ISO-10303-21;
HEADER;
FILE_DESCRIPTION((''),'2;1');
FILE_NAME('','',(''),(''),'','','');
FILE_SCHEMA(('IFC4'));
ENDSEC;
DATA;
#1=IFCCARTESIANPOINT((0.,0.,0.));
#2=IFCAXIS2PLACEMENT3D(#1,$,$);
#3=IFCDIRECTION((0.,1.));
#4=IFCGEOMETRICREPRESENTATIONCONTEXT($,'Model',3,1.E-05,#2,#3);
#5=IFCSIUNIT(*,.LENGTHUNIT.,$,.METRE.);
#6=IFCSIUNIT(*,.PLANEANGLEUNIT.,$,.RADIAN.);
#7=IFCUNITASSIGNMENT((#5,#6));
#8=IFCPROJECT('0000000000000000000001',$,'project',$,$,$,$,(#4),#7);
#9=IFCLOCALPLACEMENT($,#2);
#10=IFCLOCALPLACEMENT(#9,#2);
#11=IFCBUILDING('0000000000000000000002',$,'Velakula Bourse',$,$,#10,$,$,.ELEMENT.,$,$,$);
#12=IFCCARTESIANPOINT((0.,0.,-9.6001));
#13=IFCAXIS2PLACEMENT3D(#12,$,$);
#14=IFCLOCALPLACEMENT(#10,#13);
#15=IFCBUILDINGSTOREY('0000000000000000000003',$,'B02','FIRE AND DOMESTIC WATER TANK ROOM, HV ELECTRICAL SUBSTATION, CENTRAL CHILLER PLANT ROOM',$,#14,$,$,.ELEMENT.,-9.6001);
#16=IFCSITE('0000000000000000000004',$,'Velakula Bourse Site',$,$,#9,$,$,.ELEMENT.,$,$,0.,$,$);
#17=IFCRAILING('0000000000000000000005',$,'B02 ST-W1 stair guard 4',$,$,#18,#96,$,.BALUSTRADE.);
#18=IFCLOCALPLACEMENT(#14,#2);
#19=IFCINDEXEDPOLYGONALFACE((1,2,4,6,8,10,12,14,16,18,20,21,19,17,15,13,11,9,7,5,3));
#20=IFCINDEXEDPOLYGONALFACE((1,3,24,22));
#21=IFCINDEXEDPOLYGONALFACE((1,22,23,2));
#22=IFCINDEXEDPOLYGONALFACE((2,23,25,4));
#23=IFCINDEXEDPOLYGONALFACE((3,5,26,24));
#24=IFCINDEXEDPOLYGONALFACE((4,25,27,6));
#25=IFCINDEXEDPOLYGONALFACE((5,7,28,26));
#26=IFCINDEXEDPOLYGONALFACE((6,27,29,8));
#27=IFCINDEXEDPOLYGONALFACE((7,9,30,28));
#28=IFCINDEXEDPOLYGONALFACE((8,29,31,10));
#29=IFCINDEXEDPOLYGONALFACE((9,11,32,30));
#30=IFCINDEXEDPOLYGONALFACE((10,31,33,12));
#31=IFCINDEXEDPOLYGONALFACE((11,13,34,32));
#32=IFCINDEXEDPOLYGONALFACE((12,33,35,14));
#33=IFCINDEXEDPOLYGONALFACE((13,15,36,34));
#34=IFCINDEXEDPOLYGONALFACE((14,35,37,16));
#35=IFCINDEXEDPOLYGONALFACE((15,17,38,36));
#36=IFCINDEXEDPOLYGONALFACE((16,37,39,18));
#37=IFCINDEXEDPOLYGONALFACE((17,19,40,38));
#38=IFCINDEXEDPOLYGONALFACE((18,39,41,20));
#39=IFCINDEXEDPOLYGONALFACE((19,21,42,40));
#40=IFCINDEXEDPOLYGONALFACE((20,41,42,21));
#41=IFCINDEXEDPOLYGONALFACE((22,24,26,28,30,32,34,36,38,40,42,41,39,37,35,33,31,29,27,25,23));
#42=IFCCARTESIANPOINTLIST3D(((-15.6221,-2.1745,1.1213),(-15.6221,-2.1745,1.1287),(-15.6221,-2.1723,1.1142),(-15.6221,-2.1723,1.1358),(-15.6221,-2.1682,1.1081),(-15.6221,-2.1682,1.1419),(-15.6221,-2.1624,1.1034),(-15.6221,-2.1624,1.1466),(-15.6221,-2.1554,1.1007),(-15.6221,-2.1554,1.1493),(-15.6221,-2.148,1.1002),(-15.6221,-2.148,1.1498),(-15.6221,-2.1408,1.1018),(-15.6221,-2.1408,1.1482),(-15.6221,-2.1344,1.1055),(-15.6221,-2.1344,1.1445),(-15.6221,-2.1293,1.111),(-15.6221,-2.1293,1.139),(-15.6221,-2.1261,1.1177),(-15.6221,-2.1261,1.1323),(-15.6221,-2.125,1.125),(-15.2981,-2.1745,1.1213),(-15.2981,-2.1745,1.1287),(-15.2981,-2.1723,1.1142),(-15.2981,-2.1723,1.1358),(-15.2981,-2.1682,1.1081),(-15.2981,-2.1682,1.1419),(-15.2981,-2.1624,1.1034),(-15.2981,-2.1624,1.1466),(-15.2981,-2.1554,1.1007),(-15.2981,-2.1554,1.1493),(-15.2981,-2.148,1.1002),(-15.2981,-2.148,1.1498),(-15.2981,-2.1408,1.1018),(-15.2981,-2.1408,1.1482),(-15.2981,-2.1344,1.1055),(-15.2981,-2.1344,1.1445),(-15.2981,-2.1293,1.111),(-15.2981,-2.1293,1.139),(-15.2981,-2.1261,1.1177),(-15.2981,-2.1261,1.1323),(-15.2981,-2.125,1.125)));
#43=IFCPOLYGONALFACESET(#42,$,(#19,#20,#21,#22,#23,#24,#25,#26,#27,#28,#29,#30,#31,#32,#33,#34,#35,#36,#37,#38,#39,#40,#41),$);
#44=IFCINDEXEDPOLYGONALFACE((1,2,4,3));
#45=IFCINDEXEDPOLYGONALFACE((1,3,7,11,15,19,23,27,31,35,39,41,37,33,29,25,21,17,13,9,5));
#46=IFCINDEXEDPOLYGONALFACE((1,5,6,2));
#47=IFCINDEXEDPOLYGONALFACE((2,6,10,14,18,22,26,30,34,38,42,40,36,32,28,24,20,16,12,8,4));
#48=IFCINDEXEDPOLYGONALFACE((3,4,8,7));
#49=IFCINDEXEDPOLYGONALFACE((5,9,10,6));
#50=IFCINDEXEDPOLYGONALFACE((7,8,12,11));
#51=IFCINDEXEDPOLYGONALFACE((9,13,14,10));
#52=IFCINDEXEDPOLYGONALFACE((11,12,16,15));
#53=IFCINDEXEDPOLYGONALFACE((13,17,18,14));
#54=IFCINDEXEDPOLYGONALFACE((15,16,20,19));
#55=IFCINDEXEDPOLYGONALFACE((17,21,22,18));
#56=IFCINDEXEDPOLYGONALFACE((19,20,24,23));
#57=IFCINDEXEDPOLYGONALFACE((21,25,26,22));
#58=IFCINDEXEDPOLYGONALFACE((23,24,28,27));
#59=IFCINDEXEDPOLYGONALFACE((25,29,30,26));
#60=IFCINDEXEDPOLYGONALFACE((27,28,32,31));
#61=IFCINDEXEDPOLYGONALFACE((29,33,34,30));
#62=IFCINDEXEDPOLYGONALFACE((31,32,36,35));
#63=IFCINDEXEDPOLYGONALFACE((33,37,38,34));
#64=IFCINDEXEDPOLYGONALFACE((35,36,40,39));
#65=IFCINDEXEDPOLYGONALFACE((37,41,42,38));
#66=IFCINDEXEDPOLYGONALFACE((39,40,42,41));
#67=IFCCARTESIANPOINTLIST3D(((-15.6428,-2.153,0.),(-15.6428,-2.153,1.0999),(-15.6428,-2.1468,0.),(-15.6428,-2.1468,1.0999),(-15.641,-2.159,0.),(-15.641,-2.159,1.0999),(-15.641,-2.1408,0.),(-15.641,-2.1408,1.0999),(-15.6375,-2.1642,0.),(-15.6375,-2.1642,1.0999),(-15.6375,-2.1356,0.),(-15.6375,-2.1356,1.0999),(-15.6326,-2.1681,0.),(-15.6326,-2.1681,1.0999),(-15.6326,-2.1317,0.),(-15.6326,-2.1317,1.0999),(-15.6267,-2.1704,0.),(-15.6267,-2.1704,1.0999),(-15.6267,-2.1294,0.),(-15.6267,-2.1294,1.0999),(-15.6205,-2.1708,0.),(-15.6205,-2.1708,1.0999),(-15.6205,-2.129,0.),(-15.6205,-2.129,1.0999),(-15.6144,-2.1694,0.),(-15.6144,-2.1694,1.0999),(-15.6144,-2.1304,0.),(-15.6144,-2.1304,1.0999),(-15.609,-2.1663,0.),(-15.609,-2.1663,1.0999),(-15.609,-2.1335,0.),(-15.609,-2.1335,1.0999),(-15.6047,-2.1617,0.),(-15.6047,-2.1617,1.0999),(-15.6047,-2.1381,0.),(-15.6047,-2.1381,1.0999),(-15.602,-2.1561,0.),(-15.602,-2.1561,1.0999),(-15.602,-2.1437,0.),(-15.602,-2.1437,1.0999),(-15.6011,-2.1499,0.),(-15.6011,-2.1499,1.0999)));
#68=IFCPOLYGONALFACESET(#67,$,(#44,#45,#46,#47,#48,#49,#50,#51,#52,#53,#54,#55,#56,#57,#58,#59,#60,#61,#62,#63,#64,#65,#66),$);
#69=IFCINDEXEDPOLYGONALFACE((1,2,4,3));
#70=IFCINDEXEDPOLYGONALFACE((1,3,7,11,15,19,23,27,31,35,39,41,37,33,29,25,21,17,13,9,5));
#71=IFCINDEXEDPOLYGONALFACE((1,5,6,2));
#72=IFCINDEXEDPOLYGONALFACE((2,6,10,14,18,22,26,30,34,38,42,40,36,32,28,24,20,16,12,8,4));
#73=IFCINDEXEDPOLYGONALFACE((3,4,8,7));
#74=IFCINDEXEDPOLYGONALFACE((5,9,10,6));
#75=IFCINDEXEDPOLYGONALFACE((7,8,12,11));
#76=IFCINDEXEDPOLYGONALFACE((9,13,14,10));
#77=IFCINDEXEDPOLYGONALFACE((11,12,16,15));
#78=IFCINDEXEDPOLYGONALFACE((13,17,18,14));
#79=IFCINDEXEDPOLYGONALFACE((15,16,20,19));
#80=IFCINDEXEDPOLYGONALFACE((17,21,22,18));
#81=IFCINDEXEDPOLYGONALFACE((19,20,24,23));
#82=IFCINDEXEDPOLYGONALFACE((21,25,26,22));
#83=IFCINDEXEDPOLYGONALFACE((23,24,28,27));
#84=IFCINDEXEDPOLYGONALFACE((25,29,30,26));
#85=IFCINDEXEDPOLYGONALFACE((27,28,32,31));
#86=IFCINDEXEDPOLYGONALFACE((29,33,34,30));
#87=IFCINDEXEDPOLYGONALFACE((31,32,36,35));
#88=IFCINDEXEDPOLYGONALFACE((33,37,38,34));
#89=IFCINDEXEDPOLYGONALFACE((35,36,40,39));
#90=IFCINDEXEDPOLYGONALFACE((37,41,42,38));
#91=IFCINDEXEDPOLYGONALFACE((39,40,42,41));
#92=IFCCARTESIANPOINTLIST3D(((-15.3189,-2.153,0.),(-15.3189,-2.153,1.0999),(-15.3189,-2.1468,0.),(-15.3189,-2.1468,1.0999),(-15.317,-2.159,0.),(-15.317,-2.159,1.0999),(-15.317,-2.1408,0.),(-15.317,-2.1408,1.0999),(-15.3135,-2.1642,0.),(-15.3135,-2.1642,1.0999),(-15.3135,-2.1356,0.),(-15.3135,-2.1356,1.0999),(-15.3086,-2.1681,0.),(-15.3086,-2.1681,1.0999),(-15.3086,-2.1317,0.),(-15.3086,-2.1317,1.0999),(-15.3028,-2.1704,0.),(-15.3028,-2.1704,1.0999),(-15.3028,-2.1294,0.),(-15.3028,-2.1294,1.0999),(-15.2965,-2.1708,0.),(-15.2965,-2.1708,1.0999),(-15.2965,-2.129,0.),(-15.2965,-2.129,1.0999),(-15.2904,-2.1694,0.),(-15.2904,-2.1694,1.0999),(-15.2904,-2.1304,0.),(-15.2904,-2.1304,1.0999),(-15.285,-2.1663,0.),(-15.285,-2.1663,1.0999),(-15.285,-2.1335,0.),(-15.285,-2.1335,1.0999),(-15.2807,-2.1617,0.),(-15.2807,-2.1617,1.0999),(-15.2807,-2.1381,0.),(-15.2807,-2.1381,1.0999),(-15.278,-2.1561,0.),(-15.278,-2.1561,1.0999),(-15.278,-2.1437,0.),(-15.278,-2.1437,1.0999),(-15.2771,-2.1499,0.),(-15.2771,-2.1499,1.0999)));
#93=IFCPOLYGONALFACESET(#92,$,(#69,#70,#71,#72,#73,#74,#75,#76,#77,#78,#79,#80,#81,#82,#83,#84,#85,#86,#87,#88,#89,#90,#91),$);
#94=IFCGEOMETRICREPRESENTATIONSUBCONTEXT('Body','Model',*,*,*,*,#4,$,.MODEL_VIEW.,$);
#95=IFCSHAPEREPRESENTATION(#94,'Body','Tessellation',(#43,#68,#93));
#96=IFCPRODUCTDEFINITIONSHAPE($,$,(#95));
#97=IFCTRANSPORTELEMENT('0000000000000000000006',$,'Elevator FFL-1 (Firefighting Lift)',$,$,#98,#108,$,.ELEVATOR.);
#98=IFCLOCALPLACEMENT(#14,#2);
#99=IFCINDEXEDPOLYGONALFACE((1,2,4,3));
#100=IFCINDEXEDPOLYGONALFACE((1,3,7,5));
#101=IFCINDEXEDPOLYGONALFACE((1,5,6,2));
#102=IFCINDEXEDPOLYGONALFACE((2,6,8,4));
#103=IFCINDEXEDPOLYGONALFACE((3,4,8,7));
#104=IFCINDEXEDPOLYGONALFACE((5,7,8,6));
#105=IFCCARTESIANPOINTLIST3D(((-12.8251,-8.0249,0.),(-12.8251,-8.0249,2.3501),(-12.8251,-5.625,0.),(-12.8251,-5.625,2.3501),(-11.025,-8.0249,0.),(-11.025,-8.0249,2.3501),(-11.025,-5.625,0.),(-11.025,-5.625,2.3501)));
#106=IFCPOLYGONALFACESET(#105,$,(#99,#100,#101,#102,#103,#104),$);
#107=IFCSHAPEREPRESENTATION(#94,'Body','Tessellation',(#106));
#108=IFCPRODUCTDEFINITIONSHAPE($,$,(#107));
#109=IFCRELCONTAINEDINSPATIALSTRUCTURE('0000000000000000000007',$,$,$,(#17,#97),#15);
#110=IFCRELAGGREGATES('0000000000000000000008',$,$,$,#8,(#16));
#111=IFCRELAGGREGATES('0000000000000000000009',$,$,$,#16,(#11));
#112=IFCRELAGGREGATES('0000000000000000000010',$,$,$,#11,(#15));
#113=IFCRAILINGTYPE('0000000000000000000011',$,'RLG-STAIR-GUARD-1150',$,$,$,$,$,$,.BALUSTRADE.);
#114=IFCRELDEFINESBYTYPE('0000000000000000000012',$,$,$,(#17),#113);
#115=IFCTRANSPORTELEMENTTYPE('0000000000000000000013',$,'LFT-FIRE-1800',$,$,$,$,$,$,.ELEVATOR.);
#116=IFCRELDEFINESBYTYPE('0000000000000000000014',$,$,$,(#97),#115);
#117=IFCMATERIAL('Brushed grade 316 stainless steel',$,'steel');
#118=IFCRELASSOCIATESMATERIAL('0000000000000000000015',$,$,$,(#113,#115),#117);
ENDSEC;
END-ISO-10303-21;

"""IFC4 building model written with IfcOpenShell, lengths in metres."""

from ifc_helpers import new_model, si_unit, direction, frame, origin, origin_2d, place, context, subcontext, project, spatial, rectangle, circle, extrude, material, type_object, element, save


model = new_model("IFC4")

# Units and contexts
model_context = context("Model", 3, precision=1e-05, world=origin(), true_north=direction((0.0, 1.0)))
body_context = subcontext(model_context, "Body", "Model", "MODEL_VIEW")
ifc_project = project(units=[si_unit("LENGTHUNIT", "METRE"), si_unit("PLANEANGLEUNIT", "RADIAN")], contexts=[model_context])

# Site, building, storey
site_placement = place(None, origin())
site = spatial("IfcSite", under=ifc_project, at=site_placement, Name="Velakula Bourse Site", CompositionType="ELEMENT", RefElevation=0.0)
building_placement = place(site_placement, origin())
building = spatial("IfcBuilding", under=site, at=building_placement, Name="Velakula Bourse", CompositionType="ELEMENT")
storey_placement = place(building_placement, frame((0.0, 0.0, -9.6001)))
storey = spatial("IfcBuildingStorey", under=building, at=storey_placement, Name="B02", Description="FIRE AND DOMESTIC WATER TANK ROOM, HV ELECTRICAL SUBSTATION, CENTRAL CHILLER PLANT ROOM", CompositionType="ELEMENT", Elevation=-9.6001)

# Shared definitions
ifc_material_1 = material(Name="Brushed grade 316 stainless steel", Category="steel")

# Railing
railing_type_1 = type_object("IfcRailingType", Name="RLG-STAIR-GUARD-1150", PredefinedType="BALUSTRADE", material=ifc_material_1)
railing_1_placement = place(storey_placement, frame((-15.6221, -2.1499, 0.0)))
element("IfcRailing", 1, at=railing_1_placement, inside=storey, type_object=railing_type_1, Name="B02 ST-W1 stair guard 4", PredefinedType="BALUSTRADE", context=body_context, shape_type="SweptSolid", body=[
    extrude(circle(Radius=0.0249, at=origin_2d()), frame((0.0, 0.0, 1.125), z_axis=(1.0, 0.0, 0.0), x_axis=(0.0, 1.0, 0.0)), (0.0, 0.0, 1.0), 0.324),
    extrude(circle(Radius=0.021, at=origin_2d()), origin(), (0.0, 0.0, 1.0), 1.0999),
    extrude(circle(Radius=0.021, at=origin_2d()), frame((0.324, 0.0, 0.0)), (0.0, 0.0, 1.0), 1.0999),
])

# Transport element
transport_element_type = type_object("IfcTransportElementType", Name="LFT-FIRE-1800", PredefinedType="ELEVATOR", material=ifc_material_1)
transport_element_placement = place(storey_placement, frame((-11.925, -6.825, 0.0), z_axis=(0.0, 0.0, 1.0), x_axis=(1.0, 0.0, 0.0)))
element("IfcTransportElement", 2, at=transport_element_placement, inside=storey, type_object=transport_element_type, Name="Elevator FFL-1 (Firefighting Lift)", PredefinedType="ELEVATOR", context=body_context, shape_type="SweptSolid", body=[
    extrude(rectangle(XDim=1.8, YDim=2.3999, at=origin_2d()), origin(), (0.0, 0.0, 1.0), 2.3501),
])

save(model, "model.ifc")
